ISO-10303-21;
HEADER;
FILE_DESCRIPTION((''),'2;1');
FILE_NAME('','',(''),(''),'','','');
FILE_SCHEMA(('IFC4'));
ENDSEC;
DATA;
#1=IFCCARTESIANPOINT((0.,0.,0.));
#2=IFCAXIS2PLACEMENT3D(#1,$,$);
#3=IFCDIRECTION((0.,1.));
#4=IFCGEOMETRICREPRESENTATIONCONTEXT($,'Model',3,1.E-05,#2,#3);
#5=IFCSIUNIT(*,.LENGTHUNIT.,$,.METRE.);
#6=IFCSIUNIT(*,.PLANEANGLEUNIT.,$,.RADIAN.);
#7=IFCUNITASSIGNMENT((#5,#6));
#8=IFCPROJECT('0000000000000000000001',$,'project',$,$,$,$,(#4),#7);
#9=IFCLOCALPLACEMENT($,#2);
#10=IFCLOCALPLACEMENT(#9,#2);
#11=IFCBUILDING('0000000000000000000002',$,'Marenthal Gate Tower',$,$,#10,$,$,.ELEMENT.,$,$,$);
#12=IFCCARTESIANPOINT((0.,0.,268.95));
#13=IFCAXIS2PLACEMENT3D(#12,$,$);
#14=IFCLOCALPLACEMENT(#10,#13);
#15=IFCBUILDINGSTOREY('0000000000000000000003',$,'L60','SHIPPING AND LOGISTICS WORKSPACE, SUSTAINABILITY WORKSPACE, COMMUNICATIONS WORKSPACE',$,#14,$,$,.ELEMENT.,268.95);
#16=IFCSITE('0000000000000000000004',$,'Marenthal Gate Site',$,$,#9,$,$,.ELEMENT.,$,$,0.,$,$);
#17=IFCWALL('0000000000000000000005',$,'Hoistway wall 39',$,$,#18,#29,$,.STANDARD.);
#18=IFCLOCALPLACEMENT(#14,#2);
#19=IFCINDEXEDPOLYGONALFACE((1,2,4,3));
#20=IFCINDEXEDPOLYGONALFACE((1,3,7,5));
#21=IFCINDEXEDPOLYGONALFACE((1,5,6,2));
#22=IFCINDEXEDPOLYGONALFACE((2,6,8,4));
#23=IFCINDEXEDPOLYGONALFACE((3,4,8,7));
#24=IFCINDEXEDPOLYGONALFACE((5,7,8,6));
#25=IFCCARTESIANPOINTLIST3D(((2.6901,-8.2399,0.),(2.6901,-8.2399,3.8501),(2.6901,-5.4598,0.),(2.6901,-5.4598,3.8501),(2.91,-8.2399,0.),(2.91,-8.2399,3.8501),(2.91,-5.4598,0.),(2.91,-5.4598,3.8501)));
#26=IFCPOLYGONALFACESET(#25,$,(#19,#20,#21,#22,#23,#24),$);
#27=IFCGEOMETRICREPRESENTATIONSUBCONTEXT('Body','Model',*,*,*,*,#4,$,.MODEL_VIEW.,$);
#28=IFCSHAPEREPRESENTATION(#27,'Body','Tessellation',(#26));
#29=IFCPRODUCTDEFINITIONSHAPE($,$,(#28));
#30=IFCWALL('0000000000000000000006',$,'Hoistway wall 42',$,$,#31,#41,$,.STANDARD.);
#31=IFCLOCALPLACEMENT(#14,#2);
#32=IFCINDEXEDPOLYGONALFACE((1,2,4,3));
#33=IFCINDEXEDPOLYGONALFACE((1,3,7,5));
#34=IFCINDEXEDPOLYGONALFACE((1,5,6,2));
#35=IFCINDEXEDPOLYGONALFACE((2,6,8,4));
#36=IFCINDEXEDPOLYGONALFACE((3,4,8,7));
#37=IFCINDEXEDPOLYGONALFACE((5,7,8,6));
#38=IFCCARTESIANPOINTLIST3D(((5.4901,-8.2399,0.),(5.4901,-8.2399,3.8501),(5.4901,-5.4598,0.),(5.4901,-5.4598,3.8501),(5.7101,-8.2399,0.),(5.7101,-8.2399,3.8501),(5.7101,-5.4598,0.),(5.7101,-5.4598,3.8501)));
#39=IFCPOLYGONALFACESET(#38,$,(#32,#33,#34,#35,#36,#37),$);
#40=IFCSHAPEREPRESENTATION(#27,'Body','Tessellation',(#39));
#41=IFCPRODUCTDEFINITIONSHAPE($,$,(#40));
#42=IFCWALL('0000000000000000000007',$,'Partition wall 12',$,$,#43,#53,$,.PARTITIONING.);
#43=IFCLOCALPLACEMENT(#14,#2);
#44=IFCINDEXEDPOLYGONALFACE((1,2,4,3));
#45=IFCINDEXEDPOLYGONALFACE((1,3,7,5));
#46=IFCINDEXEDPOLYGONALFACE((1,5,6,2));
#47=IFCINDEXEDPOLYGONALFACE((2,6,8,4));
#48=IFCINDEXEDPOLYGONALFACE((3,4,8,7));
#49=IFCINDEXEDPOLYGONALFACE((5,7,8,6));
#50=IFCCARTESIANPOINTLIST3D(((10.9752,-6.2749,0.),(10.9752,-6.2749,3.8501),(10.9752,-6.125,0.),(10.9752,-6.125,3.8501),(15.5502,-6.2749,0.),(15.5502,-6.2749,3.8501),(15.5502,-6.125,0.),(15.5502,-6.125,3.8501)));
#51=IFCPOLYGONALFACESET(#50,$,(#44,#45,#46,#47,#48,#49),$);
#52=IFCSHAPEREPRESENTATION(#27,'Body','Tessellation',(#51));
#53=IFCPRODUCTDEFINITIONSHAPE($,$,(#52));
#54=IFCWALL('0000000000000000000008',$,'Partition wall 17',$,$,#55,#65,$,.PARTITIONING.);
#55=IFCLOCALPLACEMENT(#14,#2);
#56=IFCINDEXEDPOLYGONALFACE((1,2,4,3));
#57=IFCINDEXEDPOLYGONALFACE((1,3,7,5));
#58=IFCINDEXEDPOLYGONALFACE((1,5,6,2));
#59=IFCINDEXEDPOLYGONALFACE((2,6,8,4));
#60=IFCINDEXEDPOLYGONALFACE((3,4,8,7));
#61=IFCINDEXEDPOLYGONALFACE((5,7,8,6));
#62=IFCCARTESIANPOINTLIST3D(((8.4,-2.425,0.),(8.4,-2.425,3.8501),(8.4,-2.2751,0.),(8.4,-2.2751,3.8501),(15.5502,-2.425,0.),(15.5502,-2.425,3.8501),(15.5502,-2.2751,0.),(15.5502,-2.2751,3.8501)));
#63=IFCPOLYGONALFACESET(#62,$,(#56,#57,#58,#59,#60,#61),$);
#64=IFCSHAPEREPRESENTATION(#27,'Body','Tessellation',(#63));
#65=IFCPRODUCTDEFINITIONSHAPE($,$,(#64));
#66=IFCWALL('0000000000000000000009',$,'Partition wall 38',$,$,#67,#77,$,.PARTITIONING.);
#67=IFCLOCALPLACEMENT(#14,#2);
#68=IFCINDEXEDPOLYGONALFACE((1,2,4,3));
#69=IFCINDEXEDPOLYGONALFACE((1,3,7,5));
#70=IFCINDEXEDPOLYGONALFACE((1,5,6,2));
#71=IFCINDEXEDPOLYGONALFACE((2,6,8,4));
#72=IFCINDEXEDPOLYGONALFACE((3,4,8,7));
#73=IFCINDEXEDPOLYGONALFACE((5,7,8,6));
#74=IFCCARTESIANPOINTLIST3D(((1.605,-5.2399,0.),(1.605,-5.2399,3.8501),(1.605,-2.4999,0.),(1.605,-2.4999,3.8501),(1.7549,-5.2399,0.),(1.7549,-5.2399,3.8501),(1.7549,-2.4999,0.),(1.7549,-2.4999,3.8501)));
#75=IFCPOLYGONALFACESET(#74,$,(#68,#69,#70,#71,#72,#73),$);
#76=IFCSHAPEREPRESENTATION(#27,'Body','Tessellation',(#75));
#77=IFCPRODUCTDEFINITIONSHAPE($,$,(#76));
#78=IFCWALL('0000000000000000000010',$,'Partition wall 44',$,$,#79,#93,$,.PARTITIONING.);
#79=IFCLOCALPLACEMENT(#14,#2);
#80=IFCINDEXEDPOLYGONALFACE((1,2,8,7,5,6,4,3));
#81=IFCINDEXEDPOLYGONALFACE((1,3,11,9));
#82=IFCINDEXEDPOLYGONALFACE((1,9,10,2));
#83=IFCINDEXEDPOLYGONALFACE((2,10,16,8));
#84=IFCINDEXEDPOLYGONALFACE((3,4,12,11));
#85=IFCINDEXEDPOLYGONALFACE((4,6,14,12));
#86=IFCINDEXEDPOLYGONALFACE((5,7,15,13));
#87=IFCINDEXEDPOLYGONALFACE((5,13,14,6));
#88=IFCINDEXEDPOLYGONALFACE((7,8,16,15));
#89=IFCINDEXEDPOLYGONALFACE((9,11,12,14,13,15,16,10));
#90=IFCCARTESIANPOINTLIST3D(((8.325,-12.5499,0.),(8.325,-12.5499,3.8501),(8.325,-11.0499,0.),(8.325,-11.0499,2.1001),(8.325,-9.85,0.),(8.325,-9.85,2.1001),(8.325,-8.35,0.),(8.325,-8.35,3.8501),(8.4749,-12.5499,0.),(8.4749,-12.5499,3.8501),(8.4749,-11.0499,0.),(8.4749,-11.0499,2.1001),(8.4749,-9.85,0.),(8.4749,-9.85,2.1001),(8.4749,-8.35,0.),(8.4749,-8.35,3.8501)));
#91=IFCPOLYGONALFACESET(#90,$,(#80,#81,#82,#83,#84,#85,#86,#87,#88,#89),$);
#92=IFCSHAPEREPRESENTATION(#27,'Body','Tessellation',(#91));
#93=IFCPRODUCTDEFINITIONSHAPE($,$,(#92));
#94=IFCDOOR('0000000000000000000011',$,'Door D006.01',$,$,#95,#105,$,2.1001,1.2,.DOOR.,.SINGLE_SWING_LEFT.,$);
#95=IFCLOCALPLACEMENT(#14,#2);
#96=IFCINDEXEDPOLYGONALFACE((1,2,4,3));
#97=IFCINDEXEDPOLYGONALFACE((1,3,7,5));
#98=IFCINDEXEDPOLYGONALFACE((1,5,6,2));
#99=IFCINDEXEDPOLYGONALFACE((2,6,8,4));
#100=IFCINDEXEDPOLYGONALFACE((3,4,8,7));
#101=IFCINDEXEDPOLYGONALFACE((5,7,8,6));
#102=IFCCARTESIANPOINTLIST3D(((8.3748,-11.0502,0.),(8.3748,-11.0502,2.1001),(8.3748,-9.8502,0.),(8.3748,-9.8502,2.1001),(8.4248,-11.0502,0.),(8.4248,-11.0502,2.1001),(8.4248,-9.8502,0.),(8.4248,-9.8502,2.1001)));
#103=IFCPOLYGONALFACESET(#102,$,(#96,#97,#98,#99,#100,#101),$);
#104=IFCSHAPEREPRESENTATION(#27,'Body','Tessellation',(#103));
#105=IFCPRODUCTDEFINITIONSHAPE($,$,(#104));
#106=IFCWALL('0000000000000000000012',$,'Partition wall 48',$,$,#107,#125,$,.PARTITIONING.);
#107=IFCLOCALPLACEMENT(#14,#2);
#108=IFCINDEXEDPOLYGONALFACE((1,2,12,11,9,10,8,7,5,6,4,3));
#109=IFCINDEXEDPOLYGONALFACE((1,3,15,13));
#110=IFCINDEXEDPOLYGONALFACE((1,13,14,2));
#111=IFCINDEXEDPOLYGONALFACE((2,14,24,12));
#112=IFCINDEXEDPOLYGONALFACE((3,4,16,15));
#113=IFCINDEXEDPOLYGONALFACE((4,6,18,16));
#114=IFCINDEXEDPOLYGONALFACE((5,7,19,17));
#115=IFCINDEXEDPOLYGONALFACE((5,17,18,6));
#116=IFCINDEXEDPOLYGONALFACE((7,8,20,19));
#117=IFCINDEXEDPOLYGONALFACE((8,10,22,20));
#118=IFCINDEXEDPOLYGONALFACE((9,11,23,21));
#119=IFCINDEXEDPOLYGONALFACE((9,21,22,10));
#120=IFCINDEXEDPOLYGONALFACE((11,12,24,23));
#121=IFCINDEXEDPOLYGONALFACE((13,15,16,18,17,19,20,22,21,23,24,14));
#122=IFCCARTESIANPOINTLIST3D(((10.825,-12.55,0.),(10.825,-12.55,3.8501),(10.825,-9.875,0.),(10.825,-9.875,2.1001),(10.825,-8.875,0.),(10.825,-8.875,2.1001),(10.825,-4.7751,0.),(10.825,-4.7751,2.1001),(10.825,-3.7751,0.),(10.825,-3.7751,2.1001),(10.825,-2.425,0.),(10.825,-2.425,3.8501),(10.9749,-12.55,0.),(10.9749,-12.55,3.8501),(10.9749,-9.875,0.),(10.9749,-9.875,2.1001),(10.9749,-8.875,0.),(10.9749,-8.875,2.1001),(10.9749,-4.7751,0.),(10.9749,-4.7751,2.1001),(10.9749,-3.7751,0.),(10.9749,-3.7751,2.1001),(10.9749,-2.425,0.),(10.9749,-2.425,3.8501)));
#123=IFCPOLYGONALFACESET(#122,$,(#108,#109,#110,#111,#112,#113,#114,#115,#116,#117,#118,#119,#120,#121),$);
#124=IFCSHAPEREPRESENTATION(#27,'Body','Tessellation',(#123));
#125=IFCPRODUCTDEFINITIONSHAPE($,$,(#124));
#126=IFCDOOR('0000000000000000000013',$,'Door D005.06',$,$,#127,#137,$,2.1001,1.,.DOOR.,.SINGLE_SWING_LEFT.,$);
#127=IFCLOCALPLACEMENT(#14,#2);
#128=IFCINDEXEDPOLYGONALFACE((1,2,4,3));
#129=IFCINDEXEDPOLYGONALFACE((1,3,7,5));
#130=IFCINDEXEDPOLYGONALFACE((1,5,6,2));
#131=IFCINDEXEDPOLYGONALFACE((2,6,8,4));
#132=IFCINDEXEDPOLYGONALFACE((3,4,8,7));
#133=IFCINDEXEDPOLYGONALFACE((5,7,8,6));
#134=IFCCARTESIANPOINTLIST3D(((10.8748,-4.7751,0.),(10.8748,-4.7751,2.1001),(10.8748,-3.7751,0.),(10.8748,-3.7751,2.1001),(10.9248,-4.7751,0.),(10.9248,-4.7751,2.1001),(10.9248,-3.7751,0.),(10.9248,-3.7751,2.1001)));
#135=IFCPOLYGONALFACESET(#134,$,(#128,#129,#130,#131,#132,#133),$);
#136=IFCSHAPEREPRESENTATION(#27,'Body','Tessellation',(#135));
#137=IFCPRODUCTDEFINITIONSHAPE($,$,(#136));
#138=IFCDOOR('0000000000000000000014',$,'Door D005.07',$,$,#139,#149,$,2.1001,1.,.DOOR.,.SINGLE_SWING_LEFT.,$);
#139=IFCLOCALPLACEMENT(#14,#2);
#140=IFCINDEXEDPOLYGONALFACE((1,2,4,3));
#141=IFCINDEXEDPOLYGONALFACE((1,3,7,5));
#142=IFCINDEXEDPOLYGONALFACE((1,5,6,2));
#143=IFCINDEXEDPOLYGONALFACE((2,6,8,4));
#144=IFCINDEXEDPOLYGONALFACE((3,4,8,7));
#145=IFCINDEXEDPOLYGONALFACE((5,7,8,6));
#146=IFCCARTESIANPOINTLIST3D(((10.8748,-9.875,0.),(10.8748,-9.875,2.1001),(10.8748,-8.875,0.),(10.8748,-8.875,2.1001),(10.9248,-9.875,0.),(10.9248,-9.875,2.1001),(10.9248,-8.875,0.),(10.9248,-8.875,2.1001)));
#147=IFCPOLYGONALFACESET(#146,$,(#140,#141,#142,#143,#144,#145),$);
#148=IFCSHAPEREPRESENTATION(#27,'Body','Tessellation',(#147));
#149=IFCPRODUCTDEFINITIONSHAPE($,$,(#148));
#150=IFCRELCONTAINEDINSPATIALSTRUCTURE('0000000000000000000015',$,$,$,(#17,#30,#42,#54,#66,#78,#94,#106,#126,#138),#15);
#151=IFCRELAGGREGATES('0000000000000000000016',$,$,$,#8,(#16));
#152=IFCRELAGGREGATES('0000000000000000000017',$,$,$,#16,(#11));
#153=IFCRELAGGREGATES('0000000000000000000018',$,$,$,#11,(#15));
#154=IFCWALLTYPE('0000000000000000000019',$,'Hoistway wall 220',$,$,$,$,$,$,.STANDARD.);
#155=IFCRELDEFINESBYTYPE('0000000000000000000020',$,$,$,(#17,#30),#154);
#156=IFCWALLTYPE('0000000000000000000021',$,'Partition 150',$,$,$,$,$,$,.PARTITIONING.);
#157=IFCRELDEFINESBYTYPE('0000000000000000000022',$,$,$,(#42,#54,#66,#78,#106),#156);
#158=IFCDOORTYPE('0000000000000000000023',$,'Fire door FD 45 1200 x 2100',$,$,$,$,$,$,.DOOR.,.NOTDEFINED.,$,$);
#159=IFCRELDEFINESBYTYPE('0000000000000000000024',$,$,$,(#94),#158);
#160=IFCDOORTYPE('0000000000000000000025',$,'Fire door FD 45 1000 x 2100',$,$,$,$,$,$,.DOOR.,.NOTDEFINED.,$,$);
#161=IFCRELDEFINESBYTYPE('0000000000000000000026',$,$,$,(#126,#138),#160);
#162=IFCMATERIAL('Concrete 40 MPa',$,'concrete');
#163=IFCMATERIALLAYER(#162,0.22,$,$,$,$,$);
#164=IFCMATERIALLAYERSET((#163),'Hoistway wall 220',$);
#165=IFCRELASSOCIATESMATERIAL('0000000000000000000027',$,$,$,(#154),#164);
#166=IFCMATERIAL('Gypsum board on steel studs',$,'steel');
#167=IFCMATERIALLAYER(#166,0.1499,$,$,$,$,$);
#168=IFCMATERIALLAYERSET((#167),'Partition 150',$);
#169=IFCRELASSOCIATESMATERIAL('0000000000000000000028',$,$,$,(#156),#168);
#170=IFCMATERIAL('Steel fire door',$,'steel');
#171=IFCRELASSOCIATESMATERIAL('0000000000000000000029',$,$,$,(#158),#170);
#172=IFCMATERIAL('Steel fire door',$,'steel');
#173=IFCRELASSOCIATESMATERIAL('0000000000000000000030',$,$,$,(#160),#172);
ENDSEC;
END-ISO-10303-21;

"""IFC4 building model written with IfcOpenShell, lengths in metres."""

from ifc_helpers import new_model, si_unit, direction, frame, frame_2d, origin, place, context, subcontext, project, spatial, rectangle, extrude, material, layer, layer_set, type_object, element, fill, save


model = new_model("IFC4")

# Units and contexts
model_context = context("Model", 3, precision=1e-05, world=origin(), true_north=direction((0.0, 1.0)))
body_context = subcontext(model_context, "Body", "Model", "MODEL_VIEW")
ifc_project = project(units=[si_unit("LENGTHUNIT", "METRE"), si_unit("PLANEANGLEUNIT", "RADIAN")], contexts=[model_context])

# Site, building, storey
site_placement = place(None, origin())
site = spatial("IfcSite", under=ifc_project, at=site_placement, Name="Marenthal Gate Site", CompositionType="ELEMENT", RefElevation=0.0)
building_placement = place(site_placement, origin())
building = spatial("IfcBuilding", under=site, at=building_placement, Name="Marenthal Gate Tower", CompositionType="ELEMENT")
storey_placement = place(building_placement, frame((0.0, 0.0, 268.95)))
storey = spatial("IfcBuildingStorey", under=building, at=storey_placement, Name="L60", Description="SHIPPING AND LOGISTICS WORKSPACE, SUSTAINABILITY WORKSPACE, COMMUNICATIONS WORKSPACE", CompositionType="ELEMENT", Elevation=268.95)

# Walls
ifc_material_1 = material(Name="Concrete 40 MPa", Category="concrete")
ifc_layer_1 = layer(ifc_material_1, 0.22)
ifc_layer_set_1 = layer_set([ifc_layer_1], Name="Hoistway wall 220")
wall_type_1 = type_object("IfcWallType", Name="Hoistway wall 220", PredefinedType="STANDARD", material=ifc_layer_set_1)
for number, where, z_axis, x_axis, name in (
    (1, (2.8, -8.24, 0.0), (0.0, 0.0, 1.0), (0.0, 1.0, 0.0), "Hoistway wall 39"),
    (2, (5.6001, -8.24, 0.0), (0.0, 0.0, 1.0), (0.0, 1.0, 0.0), "Hoistway wall 42"),
):
    element("IfcWall", number, at=place(storey_placement, frame(where, z_axis=z_axis, x_axis=x_axis)), inside=storey, type_object=wall_type_1, Name=name, PredefinedType="STANDARD", context=body_context, shape_type="SweptSolid", body=[
        extrude(rectangle(XDim=2.78, YDim=0.22, at=frame_2d((1.3901, 0.0))), origin(), (0.0, 0.0, 1.0), 3.8501),
    ])
ifc_material_2 = material(Name="Gypsum board on steel studs", Category="steel")
ifc_layer_2 = layer(ifc_material_2, 0.1499)
ifc_layer_set_2 = layer_set([ifc_layer_2], Name="Partition 150")
wall_type_2 = type_object("IfcWallType", Name="Partition 150", PredefinedType="PARTITIONING", material=ifc_layer_set_2)
wall_1_placement = place(storey_placement, frame((10.9751, -6.2, 0.0), z_axis=(0.0, 0.0, 1.0), x_axis=(1.0, 0.0, 0.0)))
element("IfcWall", 3, at=wall_1_placement, inside=storey, type_object=wall_type_2, Name="Partition wall 12", PredefinedType="PARTITIONING", context=body_context, shape_type="SweptSolid", body=[
    extrude(rectangle(XDim=4.575, YDim=0.1499, at=frame_2d((2.2876, 0.0))), origin(), (0.0, 0.0, 1.0), 3.8501),
])
wall_2_placement = place(storey_placement, frame((8.3999, -2.3501, 0.0), z_axis=(0.0, 0.0, 1.0), x_axis=(1.0, 0.0, 0.0)))
element("IfcWall", 4, at=wall_2_placement, inside=storey, type_object=wall_type_2, Name="Partition wall 17", PredefinedType="PARTITIONING", context=body_context, shape_type="SweptSolid", body=[
    extrude(rectangle(XDim=7.1501, YDim=0.1499, at=frame_2d((3.5752, 0.0))), origin(), (0.0, 0.0, 1.0), 3.8501),
])
wall_3_placement = place(storey_placement, frame((1.6799, -5.24, 0.0), z_axis=(0.0, 0.0, 1.0), x_axis=(0.0, 1.0, 0.0)))
element("IfcWall", 5, at=wall_3_placement, inside=storey, type_object=wall_type_2, Name="Partition wall 38", PredefinedType="PARTITIONING", context=body_context, shape_type="SweptSolid", body=[
    extrude(rectangle(XDim=2.74, YDim=0.1499, at=frame_2d((1.3701, 0.0))), origin(), (0.0, 0.0, 1.0), 3.8501),
])

# Wall, opening, door
wall_4_placement = place(storey_placement, frame((8.3999, -12.55, 0.0), z_axis=(0.0, 0.0, 1.0), x_axis=(0.0, 1.0, 0.0)))
wall_4 = element("IfcWall", 6, at=wall_4_placement, inside=storey, type_object=wall_type_2, Name="Partition wall 44", PredefinedType="PARTITIONING", context=body_context, shape_type="SweptSolid", body=[
    extrude(rectangle(XDim=4.2, YDim=0.1499, at=frame_2d((2.1001, 0.0))), origin(), (0.0, 0.0, 1.0), 3.8501),
])
opening_1_placement = place(wall_4_placement, frame((1.5, 0.0, 0.0)))
opening_1 = element("IfcOpeningElement", 7, at=opening_1_placement, cuts=wall_4, PredefinedType="OPENING", context=body_context, shape_type="SweptSolid", body=[
    extrude(rectangle(XDim=1.2, YDim=2.1001, at=frame_2d((0.6001, 1.05))), frame((0.0, 0.085, 0.0), z_axis=(0.0, -1.0, 0.0), x_axis=(1.0, 0.0, 0.0)), (0.0, 0.0, 1.0), 0.1699),
])
ifc_material_3 = material(Name="Steel fire door", Category="steel")
door_type_1 = type_object("IfcDoorType", Name="Fire door FD 45 1200 x 2100", OperationType="NOTDEFINED", PredefinedType="DOOR", material=ifc_material_3)
door_1_placement = place(opening_1_placement, frame((1.2, 0.0, 0.0), z_axis=(0.0, 0.0, 1.0), x_axis=(-1.0, 0.0, 0.0)))
door_1 = element("IfcDoor", 8, at=door_1_placement, inside=storey, type_object=door_type_1, Name="Door D006.01", OperationType="SINGLE_SWING_LEFT", OverallHeight=2.1001, OverallWidth=1.2, PredefinedType="DOOR", context=body_context, shape_type="SweptSolid", body=[
    extrude(rectangle(XDim=1.2, YDim=2.1001, at=frame_2d((0.6001, 1.05))), frame((0.0, 0.0249, 0.0), z_axis=(0.0, -1.0, 0.0), x_axis=(1.0, 0.0, 0.0)), (0.0, 0.0, 1.0), 0.05),
])
fill(opening_1, door_1)

# Wall, openings, doors
wall_5_placement = place(storey_placement, frame((10.8999, -12.55, 0.0), z_axis=(0.0, 0.0, 1.0), x_axis=(0.0, 1.0, 0.0)))
wall_5 = element("IfcWall", 9, at=wall_5_placement, inside=storey, type_object=wall_type_2, Name="Partition wall 48", PredefinedType="PARTITIONING", context=body_context, shape_type="SweptSolid", body=[
    extrude(rectangle(XDim=10.125, YDim=0.1499, at=frame_2d((5.0625, 0.0))), origin(), (0.0, 0.0, 1.0), 3.8501),
])
opening_2_placement = place(wall_5_placement, frame((7.7749, 0.0, 0.0)))
opening_2 = element("IfcOpeningElement", 10, at=opening_2_placement, cuts=wall_5, PredefinedType="OPENING", context=body_context, shape_type="SweptSolid", body=[
    extrude(rectangle(XDim=1.0, YDim=2.1001, at=frame_2d((0.5, 1.05))), frame((0.0, 0.085, 0.0), z_axis=(0.0, -1.0, 0.0), x_axis=(1.0, 0.0, 0.0)), (0.0, 0.0, 1.0), 0.1699),
])
opening_3_placement = place(wall_5_placement, frame((2.675, 0.0, 0.0)))
opening_3 = element("IfcOpeningElement", 11, at=opening_3_placement, cuts=wall_5, PredefinedType="OPENING", context=body_context, shape_type="SweptSolid", body=[
    extrude(rectangle(XDim=1.0, YDim=2.1001, at=frame_2d((0.5, 1.05))), frame((0.0, 0.085, 0.0), z_axis=(0.0, -1.0, 0.0), x_axis=(1.0, 0.0, 0.0)), (0.0, 0.0, 1.0), 0.1699),
])
ifc_material_4 = material(Name="Steel fire door", Category="steel")
door_type_2 = type_object("IfcDoorType", Name="Fire door FD 45 1000 x 2100", OperationType="NOTDEFINED", PredefinedType="DOOR", material=ifc_material_4)
door_2_placement = place(opening_2_placement, frame((1.0, 0.0, 0.0), z_axis=(0.0, 0.0, 1.0), x_axis=(-1.0, 0.0, 0.0)))
door_2 = element("IfcDoor", 12, at=door_2_placement, inside=storey, type_object=door_type_2, Name="Door D005.06", OperationType="SINGLE_SWING_LEFT", OverallHeight=2.1001, OverallWidth=1.0, PredefinedType="DOOR", context=body_context, shape_type="SweptSolid", body=[
    extrude(rectangle(XDim=1.0, YDim=2.1001, at=frame_2d((0.5, 1.05))), frame((0.0, 0.0249, 0.0), z_axis=(0.0, -1.0, 0.0), x_axis=(1.0, 0.0, 0.0)), (0.0, 0.0, 1.0), 0.05),
])
fill(opening_2, door_2)
door_3_placement = place(opening_3_placement, frame((1.0, 0.0, 0.0), z_axis=(0.0, 0.0, 1.0), x_axis=(-1.0, 0.0, 0.0)))
door_3 = element("IfcDoor", 13, at=door_3_placement, inside=storey, type_object=door_type_2, Name="Door D005.07", OperationType="SINGLE_SWING_LEFT", OverallHeight=2.1001, OverallWidth=1.0, PredefinedType="DOOR", context=body_context, shape_type="SweptSolid", body=[
    extrude(rectangle(XDim=1.0, YDim=2.1001, at=frame_2d((0.5, 1.05))), frame((0.0, 0.0249, 0.0), z_axis=(0.0, -1.0, 0.0), x_axis=(1.0, 0.0, 0.0)), (0.0, 0.0, 1.0), 0.05),
])
fill(opening_3, door_3)

save(model, "model.ifc")
